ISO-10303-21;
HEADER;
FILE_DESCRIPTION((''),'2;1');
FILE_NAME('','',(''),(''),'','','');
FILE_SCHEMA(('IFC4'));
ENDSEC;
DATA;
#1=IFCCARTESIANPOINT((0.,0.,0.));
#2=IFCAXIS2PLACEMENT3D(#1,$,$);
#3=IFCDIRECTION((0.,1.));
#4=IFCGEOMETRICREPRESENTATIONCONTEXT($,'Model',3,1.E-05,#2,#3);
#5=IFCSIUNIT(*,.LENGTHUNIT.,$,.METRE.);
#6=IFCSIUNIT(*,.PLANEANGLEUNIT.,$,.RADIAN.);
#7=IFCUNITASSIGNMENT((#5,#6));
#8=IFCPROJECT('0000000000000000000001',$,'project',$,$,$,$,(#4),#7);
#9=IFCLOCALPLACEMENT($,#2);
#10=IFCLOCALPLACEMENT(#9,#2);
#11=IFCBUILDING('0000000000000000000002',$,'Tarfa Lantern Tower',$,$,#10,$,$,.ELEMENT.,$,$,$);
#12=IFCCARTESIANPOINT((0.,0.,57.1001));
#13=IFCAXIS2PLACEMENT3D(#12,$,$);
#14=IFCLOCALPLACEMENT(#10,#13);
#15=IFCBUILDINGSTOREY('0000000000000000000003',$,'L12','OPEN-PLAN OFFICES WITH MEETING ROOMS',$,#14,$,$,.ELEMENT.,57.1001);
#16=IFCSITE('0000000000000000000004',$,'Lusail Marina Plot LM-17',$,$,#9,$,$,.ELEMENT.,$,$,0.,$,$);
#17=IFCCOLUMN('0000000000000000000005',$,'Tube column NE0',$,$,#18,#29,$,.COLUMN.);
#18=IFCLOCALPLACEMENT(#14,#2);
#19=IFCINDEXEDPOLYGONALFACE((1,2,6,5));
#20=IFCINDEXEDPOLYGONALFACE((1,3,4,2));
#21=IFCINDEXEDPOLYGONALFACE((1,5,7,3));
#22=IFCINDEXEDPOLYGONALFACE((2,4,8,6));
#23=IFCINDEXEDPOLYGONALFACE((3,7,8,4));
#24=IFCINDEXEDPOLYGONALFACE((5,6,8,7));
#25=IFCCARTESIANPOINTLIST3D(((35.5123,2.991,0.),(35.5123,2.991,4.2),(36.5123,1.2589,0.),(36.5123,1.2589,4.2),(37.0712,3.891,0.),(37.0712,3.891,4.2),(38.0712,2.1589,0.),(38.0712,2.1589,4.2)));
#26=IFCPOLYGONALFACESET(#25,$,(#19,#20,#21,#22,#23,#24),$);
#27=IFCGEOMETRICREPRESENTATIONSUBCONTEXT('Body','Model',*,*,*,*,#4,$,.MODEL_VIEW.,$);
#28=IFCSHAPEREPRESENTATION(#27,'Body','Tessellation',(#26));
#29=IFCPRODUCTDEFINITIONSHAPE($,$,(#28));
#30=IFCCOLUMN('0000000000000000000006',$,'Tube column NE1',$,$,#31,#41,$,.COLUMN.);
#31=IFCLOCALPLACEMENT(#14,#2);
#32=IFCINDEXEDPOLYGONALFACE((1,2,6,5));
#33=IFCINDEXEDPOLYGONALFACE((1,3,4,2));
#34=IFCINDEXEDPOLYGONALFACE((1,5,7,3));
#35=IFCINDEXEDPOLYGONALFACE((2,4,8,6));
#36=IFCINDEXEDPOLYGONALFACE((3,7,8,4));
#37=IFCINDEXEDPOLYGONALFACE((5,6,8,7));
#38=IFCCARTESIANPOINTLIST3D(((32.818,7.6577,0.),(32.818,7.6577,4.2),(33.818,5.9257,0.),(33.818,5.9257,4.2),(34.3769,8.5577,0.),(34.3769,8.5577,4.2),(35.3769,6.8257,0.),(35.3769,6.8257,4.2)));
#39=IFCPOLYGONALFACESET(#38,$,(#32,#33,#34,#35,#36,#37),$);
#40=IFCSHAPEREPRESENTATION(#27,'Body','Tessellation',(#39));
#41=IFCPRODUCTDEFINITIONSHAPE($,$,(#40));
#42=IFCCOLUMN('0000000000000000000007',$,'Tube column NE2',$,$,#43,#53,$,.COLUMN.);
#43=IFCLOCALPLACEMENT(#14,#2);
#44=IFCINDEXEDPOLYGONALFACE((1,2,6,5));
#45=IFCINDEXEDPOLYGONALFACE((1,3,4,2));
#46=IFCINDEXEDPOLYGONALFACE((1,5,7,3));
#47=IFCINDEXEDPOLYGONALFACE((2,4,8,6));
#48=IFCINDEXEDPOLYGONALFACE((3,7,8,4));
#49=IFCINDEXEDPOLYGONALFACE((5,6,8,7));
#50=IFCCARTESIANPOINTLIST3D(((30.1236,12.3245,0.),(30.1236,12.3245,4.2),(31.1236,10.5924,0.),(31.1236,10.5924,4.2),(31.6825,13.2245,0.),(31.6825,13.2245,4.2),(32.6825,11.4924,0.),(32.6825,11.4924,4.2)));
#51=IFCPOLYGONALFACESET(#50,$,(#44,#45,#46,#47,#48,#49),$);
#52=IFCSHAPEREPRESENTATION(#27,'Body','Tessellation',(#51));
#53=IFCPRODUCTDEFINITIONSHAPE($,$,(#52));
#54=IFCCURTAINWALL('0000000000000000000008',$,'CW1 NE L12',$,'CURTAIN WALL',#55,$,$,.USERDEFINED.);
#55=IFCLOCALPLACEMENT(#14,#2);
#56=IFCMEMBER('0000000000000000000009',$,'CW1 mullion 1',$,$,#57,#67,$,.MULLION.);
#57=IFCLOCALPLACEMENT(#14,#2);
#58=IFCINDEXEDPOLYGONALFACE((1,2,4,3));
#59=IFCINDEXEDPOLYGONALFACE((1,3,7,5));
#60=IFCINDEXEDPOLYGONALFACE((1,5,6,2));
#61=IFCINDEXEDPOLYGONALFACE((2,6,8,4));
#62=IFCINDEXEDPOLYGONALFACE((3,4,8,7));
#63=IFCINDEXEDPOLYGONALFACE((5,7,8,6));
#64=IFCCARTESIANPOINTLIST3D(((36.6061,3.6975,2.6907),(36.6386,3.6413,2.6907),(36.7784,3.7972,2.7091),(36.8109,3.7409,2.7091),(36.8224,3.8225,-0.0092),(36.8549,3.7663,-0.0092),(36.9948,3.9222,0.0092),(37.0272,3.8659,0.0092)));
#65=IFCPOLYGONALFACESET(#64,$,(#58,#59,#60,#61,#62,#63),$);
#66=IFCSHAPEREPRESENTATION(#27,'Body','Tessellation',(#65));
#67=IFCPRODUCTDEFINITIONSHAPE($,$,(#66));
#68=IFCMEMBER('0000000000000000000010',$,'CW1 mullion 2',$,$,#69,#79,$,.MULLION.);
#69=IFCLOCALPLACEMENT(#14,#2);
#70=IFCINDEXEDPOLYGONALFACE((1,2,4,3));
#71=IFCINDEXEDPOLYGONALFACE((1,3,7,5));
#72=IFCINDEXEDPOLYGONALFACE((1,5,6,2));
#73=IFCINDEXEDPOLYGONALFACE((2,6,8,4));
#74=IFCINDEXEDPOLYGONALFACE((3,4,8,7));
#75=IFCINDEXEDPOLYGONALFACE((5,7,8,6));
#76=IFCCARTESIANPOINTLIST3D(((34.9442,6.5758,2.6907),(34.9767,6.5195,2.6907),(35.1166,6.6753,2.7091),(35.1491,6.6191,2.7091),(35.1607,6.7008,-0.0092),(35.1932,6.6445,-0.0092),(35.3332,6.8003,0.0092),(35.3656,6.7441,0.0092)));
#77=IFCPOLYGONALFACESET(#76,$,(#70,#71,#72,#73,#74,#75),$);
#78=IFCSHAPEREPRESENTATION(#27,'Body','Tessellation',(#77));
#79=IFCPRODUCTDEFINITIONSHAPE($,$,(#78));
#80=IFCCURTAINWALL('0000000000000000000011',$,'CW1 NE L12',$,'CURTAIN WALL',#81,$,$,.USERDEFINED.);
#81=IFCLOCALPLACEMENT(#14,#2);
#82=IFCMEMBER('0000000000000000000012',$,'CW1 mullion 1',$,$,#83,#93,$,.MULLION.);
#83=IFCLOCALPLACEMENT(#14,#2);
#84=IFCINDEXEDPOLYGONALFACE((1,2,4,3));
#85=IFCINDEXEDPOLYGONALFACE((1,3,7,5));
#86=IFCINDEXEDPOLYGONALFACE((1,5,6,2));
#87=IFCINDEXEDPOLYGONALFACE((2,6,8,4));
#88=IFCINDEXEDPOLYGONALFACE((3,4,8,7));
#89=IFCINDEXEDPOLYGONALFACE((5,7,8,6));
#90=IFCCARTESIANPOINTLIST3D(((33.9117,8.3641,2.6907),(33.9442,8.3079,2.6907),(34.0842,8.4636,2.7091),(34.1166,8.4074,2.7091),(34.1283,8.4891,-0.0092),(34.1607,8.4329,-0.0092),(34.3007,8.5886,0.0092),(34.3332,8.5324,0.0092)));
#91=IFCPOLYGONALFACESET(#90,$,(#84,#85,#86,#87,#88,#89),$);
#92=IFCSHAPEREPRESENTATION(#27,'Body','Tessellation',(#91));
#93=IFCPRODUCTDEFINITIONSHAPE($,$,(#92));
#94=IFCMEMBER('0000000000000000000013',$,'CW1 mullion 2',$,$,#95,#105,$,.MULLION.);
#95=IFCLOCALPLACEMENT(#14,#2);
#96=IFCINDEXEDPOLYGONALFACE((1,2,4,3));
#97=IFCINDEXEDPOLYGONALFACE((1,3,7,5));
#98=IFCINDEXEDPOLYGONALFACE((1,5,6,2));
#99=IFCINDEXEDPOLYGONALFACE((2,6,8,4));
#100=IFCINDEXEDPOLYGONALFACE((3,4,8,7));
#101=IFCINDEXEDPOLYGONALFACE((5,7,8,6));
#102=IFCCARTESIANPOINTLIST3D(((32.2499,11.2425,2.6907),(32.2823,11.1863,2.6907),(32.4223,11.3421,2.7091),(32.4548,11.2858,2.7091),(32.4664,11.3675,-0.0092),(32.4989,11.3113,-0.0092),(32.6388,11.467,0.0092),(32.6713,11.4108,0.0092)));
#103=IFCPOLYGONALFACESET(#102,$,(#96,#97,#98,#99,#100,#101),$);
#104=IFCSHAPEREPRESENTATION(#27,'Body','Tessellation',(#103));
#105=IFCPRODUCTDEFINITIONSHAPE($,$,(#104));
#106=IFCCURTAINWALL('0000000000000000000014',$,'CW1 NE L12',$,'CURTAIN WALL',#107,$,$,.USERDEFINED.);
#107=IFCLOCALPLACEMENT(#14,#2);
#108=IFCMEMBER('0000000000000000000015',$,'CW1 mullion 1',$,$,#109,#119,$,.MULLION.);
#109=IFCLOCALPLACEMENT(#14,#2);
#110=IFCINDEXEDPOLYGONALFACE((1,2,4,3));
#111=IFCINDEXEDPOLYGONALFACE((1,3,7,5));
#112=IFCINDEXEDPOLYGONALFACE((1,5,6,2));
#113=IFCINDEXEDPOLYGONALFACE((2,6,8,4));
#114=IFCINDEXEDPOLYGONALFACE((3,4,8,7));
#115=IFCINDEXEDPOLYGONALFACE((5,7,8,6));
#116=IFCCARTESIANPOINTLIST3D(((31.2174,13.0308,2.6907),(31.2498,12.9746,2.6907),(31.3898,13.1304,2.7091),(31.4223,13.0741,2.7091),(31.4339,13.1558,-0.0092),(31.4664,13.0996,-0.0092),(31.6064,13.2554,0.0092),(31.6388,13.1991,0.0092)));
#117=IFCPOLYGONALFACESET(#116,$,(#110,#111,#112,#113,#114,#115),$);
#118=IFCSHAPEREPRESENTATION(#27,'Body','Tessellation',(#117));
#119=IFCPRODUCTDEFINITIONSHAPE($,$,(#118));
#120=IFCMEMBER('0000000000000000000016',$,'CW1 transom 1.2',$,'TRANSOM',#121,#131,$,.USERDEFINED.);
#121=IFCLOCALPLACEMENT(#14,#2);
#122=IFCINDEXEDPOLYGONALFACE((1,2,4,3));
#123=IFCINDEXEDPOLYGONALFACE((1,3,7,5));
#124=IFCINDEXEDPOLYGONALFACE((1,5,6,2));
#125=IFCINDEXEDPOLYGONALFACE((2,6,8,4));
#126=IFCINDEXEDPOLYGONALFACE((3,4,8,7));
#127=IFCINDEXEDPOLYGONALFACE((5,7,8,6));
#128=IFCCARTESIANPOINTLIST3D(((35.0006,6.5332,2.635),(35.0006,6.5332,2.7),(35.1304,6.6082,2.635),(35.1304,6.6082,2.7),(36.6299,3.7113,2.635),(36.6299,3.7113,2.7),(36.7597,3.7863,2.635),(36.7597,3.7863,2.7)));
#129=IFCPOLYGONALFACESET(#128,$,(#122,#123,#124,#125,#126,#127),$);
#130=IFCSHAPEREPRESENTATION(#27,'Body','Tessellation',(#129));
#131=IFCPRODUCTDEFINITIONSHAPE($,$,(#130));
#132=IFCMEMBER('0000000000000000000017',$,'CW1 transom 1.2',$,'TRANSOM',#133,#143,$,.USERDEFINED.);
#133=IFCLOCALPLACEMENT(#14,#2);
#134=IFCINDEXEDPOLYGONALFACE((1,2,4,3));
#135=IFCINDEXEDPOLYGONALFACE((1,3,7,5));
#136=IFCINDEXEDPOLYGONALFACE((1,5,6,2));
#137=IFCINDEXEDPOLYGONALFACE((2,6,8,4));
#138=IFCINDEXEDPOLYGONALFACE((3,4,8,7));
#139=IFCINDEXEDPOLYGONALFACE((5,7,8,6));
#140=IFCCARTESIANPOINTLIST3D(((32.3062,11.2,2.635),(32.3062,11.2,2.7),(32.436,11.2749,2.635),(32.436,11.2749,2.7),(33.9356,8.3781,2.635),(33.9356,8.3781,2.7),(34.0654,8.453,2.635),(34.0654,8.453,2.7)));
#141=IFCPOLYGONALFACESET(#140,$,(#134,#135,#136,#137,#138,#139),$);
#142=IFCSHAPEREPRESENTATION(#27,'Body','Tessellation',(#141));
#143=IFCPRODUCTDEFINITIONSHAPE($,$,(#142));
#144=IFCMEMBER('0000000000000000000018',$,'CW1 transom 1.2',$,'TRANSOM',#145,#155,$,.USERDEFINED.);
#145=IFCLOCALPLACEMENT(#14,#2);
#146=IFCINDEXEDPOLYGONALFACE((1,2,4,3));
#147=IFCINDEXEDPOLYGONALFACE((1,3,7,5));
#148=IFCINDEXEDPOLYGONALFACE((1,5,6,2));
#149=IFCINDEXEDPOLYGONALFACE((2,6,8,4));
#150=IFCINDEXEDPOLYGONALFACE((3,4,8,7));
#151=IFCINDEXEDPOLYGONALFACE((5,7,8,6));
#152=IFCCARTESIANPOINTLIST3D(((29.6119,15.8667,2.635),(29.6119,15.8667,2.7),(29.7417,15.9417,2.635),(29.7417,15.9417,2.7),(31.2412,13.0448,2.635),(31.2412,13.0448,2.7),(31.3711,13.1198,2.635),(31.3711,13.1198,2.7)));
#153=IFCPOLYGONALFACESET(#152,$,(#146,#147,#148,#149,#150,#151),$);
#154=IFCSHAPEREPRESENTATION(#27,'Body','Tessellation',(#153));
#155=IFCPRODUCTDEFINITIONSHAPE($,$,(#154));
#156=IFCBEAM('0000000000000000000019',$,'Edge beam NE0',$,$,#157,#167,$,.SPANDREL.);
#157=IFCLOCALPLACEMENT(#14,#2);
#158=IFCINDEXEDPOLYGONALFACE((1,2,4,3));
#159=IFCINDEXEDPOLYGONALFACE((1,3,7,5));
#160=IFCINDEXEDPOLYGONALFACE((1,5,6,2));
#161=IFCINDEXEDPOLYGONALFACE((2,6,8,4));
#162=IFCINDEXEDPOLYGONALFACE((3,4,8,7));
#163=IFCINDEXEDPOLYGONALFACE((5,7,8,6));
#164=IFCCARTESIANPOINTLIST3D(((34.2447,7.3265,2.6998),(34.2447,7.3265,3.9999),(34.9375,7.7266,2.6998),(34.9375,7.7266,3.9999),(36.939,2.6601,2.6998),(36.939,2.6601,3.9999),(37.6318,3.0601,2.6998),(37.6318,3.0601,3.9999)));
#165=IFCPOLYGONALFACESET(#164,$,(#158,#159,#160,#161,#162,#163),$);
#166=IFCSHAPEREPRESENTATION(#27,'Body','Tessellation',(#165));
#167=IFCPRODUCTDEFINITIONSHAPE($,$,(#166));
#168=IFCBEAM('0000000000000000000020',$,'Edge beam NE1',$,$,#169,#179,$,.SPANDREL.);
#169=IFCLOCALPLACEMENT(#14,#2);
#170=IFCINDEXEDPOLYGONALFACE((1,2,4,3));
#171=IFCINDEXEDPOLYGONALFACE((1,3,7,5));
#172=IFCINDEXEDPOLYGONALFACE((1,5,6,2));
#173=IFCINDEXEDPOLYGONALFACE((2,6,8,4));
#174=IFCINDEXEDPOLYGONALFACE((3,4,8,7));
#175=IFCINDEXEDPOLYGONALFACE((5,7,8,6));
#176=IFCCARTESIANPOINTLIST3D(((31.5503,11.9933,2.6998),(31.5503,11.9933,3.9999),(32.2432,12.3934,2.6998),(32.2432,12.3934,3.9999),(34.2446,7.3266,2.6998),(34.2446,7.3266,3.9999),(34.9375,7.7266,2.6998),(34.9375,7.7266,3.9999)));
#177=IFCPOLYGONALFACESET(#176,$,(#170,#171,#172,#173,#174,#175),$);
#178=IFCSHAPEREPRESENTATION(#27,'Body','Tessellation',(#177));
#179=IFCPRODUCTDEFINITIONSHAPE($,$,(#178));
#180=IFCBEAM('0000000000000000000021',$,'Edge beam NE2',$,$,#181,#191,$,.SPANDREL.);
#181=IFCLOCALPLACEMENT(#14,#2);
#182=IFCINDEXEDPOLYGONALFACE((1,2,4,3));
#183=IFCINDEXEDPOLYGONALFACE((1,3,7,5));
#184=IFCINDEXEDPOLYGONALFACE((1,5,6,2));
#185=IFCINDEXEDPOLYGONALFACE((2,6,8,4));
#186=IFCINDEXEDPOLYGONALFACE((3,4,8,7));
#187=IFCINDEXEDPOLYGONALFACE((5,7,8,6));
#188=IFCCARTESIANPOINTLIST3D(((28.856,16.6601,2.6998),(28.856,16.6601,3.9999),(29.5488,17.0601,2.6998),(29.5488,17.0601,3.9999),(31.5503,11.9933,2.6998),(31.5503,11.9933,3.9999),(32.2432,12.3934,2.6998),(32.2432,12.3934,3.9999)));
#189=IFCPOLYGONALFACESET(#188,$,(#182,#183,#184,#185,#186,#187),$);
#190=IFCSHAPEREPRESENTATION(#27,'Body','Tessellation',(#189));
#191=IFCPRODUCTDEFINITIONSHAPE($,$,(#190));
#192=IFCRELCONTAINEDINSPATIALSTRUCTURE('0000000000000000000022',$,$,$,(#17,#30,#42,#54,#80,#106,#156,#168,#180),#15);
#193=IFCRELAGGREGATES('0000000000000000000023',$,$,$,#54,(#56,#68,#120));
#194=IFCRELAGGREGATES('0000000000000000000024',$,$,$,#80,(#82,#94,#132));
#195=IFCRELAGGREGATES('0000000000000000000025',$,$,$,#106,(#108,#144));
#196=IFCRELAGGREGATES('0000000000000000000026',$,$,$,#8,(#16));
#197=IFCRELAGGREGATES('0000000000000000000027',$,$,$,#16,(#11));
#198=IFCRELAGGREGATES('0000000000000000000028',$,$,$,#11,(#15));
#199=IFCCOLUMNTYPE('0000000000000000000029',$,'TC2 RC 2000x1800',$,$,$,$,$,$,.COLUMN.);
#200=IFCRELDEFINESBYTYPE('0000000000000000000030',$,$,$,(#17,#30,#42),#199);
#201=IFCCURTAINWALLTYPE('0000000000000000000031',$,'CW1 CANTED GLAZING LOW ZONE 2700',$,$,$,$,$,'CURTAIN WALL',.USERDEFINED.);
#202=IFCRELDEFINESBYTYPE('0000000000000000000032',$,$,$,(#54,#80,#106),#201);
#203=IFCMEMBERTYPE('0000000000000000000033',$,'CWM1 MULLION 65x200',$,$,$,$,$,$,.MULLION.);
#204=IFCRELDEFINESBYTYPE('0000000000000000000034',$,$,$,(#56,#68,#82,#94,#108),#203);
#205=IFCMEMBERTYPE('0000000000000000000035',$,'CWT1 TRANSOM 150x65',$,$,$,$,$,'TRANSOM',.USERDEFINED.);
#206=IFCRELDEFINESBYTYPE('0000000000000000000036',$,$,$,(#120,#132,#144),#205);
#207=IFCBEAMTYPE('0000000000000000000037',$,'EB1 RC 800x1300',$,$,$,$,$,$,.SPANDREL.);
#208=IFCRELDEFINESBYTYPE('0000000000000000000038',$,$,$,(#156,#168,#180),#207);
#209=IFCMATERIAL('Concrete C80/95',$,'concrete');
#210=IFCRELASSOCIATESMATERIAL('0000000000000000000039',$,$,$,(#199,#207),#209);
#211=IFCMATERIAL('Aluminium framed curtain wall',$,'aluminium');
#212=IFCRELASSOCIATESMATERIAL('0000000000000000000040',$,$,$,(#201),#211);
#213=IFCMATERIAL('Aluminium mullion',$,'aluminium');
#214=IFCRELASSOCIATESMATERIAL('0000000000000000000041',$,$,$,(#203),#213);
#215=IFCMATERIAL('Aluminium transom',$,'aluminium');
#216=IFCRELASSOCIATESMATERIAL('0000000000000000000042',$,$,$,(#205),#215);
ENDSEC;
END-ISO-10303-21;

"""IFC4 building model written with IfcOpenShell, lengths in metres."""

from ifc_helpers import new_model, si_unit, direction, frame, origin, origin_2d, place, context, subcontext, project, spatial, rectangle, extrude, material, material_profile, profile_set, type_object, element, aggregate, save


model = new_model("IFC4")

# Units and contexts
model_context = context("Model", 3, precision=1e-05, world=origin(), true_north=direction((0.0, 1.0)))
body_context = subcontext(model_context, "Body", "Model", "MODEL_VIEW")
ifc_project = project(units=[si_unit("LENGTHUNIT", "METRE"), si_unit("PLANEANGLEUNIT", "RADIAN")], contexts=[model_context])

# Site, building, storey
site_placement = place(None, origin())
site = spatial("IfcSite", under=ifc_project, at=site_placement, Name="Lusail Marina Plot LM-17", CompositionType="ELEMENT", RefElevation=0.0)
building_placement = place(site_placement, origin())
building = spatial("IfcBuilding", under=site, at=building_placement, Name="Tarfa Lantern Tower", CompositionType="ELEMENT")
storey_placement = place(building_placement, frame((0.0, 0.0, 57.1001)))
storey = spatial("IfcBuildingStorey", under=building, at=storey_placement, Name="L12", Description="OPEN-PLAN OFFICES WITH MEETING ROOMS", CompositionType="ELEMENT", Elevation=57.1001)

# Columns
ifc_material_1 = material(Name="Concrete C80/95", Category="concrete")
ifc_material_profile_1 = material_profile(ifc_material_1, rectangle(XDim=2.0, YDim=1.8, at=origin_2d()), Name="RC 2000x1800")
ifc_profile_set_1 = profile_set([ifc_material_profile_1], Name="Concrete C80/95")
column_type = type_object("IfcColumnType", Name="TC2 RC 2000x1800", PredefinedType="COLUMN", material=ifc_profile_set_1)
for number, where, z_axis, x_axis, name in (
    (1, (36.7917, 2.575, 0.0), (0.0, 0.0, 1.0), (-0.5, 0.866025, 0.0), "Tube column NE0"),
    (2, (34.0974, 7.2417, 0.0), (0.0, 0.0, 1.0), (-0.5, 0.866025, 0.0), "Tube column NE1"),
    (3, (31.4031, 11.9084, 0.0), (0.0, 0.0, 1.0), (-0.5, 0.866025, 0.0), "Tube column NE2"),
):
    element("IfcColumn", number, at=place(storey_placement, frame(where, z_axis=z_axis, x_axis=x_axis)), inside=storey, type_object=column_type, Name=name, PredefinedType="COLUMN", context=body_context, shape_type="SweptSolid", body=[
        extrude(rectangle(XDim=2.0, YDim=1.8, at=origin_2d()), origin(), (0.0, 0.0, 1.0), 4.2),
    ])

# Curtain walls, members
ifc_material_2 = material(Name="Aluminium framed curtain wall", Category="aluminium")
curtain_wall_type = type_object("IfcCurtainWallType", Name="CW1 CANTED GLAZING LOW ZONE 2700", ElementType="CURTAIN WALL", PredefinedType="USERDEFINED", material=ifc_material_2)
curtain_wall_1_placement = place(storey_placement, origin())
curtain_wall_1 = element("IfcCurtainWall", 4, at=curtain_wall_1_placement, inside=storey, type_object=curtain_wall_type, Name="CW1 NE L12", ObjectType="CURTAIN WALL", PredefinedType="USERDEFINED")
ifc_material_3 = material(Name="Aluminium mullion", Category="aluminium")
ifc_material_profile_2 = material_profile(ifc_material_3, rectangle(XDim=0.0649, YDim=0.2, at=origin_2d()), Name="AL MULLION 65x200")
ifc_profile_set_2 = profile_set([ifc_material_profile_2], Name="Aluminium mullion")
member_type_1 = type_object("IfcMemberType", Name="CWM1 MULLION 65x200", PredefinedType="MULLION", material=ifc_profile_set_2)
member_1_placement = place(storey_placement, frame((36.9248, 3.8442, 0.0), z_axis=(-0.079775, -0.0461, 0.995746), x_axis=(0.500343, -0.865827, 0.0)))
member_1 = element("IfcMember", 5, at=member_1_placement, type_object=member_type_1, Name="CW1 mullion 1", PredefinedType="MULLION", context=body_context, shape_type="SweptSolid", body=[
    extrude(rectangle(XDim=0.0649, YDim=0.2, at=origin_2d()), origin(), (0.0, 0.0, 1.0), 2.7114),
])
member_2_placement = place(storey_placement, frame((35.2632, 6.7224, 0.0), z_axis=(-0.079864, -0.0461, 0.995739), x_axis=(0.49992, -0.866072, 0.0)))
member_2 = element("IfcMember", 6, at=member_2_placement, type_object=member_type_1, Name="CW1 mullion 2", PredefinedType="MULLION", context=body_context, shape_type="SweptSolid", body=[
    extrude(rectangle(XDim=0.0649, YDim=0.2, at=origin_2d()), origin(), (0.0, 0.0, 1.0), 2.7114),
])
curtain_wall_2_placement = place(storey_placement, origin())
curtain_wall_2 = element("IfcCurtainWall", 7, at=curtain_wall_2_placement, inside=storey, type_object=curtain_wall_type, Name="CW1 NE L12", ObjectType="CURTAIN WALL", PredefinedType="USERDEFINED")
member_3_placement = place(storey_placement, frame((34.2307, 8.5107, 0.0), z_axis=(-0.079864, -0.0461, 0.995739), x_axis=(0.49992, -0.866072, 0.0)))
member_3 = element("IfcMember", 8, at=member_3_placement, type_object=member_type_1, Name="CW1 mullion 1", PredefinedType="MULLION", context=body_context, shape_type="SweptSolid", body=[
    extrude(rectangle(XDim=0.0649, YDim=0.2, at=origin_2d()), origin(), (0.0, 0.0, 1.0), 2.7114),
])
member_4_placement = place(storey_placement, frame((32.5688, 11.3892, 0.0), z_axis=(-0.079864, -0.0461, 0.995739), x_axis=(0.49992, -0.866072, 0.0)))
member_4 = element("IfcMember", 9, at=member_4_placement, type_object=member_type_1, Name="CW1 mullion 2", PredefinedType="MULLION", context=body_context, shape_type="SweptSolid", body=[
    extrude(rectangle(XDim=0.0649, YDim=0.2, at=origin_2d()), origin(), (0.0, 0.0, 1.0), 2.7114),
])

# Curtain wall, member
curtain_wall_3_placement = place(storey_placement, origin())
curtain_wall_3 = element("IfcCurtainWall", 10, at=curtain_wall_3_placement, inside=storey, type_object=curtain_wall_type, Name="CW1 NE L12", ObjectType="CURTAIN WALL", PredefinedType="USERDEFINED")
member_5_placement = place(storey_placement, frame((31.5364, 13.1775, 0.0), z_axis=(-0.079864, -0.0461, 0.995739), x_axis=(0.49992, -0.866072, 0.0)))
member_5 = element("IfcMember", 11, at=member_5_placement, type_object=member_type_1, Name="CW1 mullion 1", PredefinedType="MULLION", context=body_context, shape_type="SweptSolid", body=[
    extrude(rectangle(XDim=0.0649, YDim=0.2, at=origin_2d()), origin(), (0.0, 0.0, 1.0), 2.7114),
])

# Members
ifc_material_4 = material(Name="Aluminium transom", Category="aluminium")
ifc_material_profile_3 = material_profile(ifc_material_4, rectangle(XDim=0.1499, YDim=0.0649, at=origin_2d()), Name="AL TRANSOM 150x65")
ifc_profile_set_3 = profile_set([ifc_material_profile_3], Name="Aluminium transom")
member_type_2 = type_object("IfcMemberType", Name="CWT1 TRANSOM 150x65", ElementType="TRANSOM", PredefinedType="USERDEFINED", material=ifc_profile_set_3)
member_6_placement = place(storey_placement, frame((36.6948, 3.7488, 2.6675), z_axis=(-0.500023, 0.866012, 0.0), x_axis=(-0.866012, -0.500023, 0.0)))
member_6 = element("IfcMember", 12, at=member_6_placement, type_object=member_type_2, Name="CW1 transom 1.2", ObjectType="TRANSOM", PredefinedType="USERDEFINED", context=body_context, shape_type="SweptSolid", body=[
    extrude(rectangle(XDim=0.1499, YDim=0.0649, at=origin_2d()), origin(), (0.0, 0.0, 1.0), 3.2585),
])
member_7_placement = place(storey_placement, frame((34.0005, 8.4155, 2.6675), z_axis=(-0.500023, 0.866012, 0.0), x_axis=(-0.866012, -0.500023, 0.0)))
member_7 = element("IfcMember", 13, at=member_7_placement, type_object=member_type_2, Name="CW1 transom 1.2", ObjectType="TRANSOM", PredefinedType="USERDEFINED", context=body_context, shape_type="SweptSolid", body=[
    extrude(rectangle(XDim=0.1499, YDim=0.0649, at=origin_2d()), origin(), (0.0, 0.0, 1.0), 3.2585),
])
member_8_placement = place(storey_placement, frame((31.3062, 13.0823, 2.6675), z_axis=(-0.500023, 0.866012, 0.0), x_axis=(-0.866012, -0.500023, 0.0)))
member_8 = element("IfcMember", 14, at=member_8_placement, type_object=member_type_2, Name="CW1 transom 1.2", ObjectType="TRANSOM", PredefinedType="USERDEFINED", context=body_context, shape_type="SweptSolid", body=[
    extrude(rectangle(XDim=0.1499, YDim=0.0649, at=origin_2d()), origin(), (0.0, 0.0, 1.0), 3.2585),
])

# Beams
ifc_material_profile_4 = material_profile(ifc_material_1, rectangle(XDim=0.8, YDim=1.3, at=origin_2d()), Name="RC 800x1300")
ifc_profile_set_4 = profile_set([ifc_material_profile_4], Name="Concrete C80/95")
beam_type_1 = type_object("IfcBeamType", Name="EB1 RC 800x1300", PredefinedType="SPANDREL", material=ifc_profile_set_4)
beam_1_placement = place(storey_placement, frame((37.2854, 2.8601, 3.3499), z_axis=(-0.500018, 0.866015, 0.0), x_axis=(-0.866015, -0.500018, 0.0)))
element("IfcBeam", 15, at=beam_1_placement, inside=storey, type_object=beam_type_1, Name="Edge beam NE0", PredefinedType="SPANDREL", context=body_context, shape_type="SweptSolid", body=[
    extrude(rectangle(XDim=0.8, YDim=1.3, at=origin_2d()), origin(), (0.0, 0.0, 1.0), 5.3884),
])
for number, where, z_axis, x_axis, name in (
    (16, (34.5911, 7.5266, 3.3499), (-0.499998, 0.866026, 0.0), (-0.866026, -0.499998, 0.0), "Edge beam NE1"),
    (17, (31.8967, 12.1934, 3.3499), (-0.499998, 0.866026, 0.0), (-0.866026, -0.499998, 0.0), "Edge beam NE2"),
):
    element("IfcBeam", number, at=place(storey_placement, frame(where, z_axis=z_axis, x_axis=x_axis)), inside=storey, type_object=beam_type_1, Name=name, PredefinedType="SPANDREL", context=body_context, shape_type="SweptSolid", body=[
        extrude(rectangle(XDim=0.8, YDim=1.3, at=origin_2d()), origin(), (0.0, 0.0, 1.0), 5.3887),
    ])

aggregate(curtain_wall_1, [member_1, member_2, member_6])
aggregate(curtain_wall_2, [member_3, member_4, member_7])
aggregate(curtain_wall_3, [member_5, member_8])

save(model, "model.ifc")
